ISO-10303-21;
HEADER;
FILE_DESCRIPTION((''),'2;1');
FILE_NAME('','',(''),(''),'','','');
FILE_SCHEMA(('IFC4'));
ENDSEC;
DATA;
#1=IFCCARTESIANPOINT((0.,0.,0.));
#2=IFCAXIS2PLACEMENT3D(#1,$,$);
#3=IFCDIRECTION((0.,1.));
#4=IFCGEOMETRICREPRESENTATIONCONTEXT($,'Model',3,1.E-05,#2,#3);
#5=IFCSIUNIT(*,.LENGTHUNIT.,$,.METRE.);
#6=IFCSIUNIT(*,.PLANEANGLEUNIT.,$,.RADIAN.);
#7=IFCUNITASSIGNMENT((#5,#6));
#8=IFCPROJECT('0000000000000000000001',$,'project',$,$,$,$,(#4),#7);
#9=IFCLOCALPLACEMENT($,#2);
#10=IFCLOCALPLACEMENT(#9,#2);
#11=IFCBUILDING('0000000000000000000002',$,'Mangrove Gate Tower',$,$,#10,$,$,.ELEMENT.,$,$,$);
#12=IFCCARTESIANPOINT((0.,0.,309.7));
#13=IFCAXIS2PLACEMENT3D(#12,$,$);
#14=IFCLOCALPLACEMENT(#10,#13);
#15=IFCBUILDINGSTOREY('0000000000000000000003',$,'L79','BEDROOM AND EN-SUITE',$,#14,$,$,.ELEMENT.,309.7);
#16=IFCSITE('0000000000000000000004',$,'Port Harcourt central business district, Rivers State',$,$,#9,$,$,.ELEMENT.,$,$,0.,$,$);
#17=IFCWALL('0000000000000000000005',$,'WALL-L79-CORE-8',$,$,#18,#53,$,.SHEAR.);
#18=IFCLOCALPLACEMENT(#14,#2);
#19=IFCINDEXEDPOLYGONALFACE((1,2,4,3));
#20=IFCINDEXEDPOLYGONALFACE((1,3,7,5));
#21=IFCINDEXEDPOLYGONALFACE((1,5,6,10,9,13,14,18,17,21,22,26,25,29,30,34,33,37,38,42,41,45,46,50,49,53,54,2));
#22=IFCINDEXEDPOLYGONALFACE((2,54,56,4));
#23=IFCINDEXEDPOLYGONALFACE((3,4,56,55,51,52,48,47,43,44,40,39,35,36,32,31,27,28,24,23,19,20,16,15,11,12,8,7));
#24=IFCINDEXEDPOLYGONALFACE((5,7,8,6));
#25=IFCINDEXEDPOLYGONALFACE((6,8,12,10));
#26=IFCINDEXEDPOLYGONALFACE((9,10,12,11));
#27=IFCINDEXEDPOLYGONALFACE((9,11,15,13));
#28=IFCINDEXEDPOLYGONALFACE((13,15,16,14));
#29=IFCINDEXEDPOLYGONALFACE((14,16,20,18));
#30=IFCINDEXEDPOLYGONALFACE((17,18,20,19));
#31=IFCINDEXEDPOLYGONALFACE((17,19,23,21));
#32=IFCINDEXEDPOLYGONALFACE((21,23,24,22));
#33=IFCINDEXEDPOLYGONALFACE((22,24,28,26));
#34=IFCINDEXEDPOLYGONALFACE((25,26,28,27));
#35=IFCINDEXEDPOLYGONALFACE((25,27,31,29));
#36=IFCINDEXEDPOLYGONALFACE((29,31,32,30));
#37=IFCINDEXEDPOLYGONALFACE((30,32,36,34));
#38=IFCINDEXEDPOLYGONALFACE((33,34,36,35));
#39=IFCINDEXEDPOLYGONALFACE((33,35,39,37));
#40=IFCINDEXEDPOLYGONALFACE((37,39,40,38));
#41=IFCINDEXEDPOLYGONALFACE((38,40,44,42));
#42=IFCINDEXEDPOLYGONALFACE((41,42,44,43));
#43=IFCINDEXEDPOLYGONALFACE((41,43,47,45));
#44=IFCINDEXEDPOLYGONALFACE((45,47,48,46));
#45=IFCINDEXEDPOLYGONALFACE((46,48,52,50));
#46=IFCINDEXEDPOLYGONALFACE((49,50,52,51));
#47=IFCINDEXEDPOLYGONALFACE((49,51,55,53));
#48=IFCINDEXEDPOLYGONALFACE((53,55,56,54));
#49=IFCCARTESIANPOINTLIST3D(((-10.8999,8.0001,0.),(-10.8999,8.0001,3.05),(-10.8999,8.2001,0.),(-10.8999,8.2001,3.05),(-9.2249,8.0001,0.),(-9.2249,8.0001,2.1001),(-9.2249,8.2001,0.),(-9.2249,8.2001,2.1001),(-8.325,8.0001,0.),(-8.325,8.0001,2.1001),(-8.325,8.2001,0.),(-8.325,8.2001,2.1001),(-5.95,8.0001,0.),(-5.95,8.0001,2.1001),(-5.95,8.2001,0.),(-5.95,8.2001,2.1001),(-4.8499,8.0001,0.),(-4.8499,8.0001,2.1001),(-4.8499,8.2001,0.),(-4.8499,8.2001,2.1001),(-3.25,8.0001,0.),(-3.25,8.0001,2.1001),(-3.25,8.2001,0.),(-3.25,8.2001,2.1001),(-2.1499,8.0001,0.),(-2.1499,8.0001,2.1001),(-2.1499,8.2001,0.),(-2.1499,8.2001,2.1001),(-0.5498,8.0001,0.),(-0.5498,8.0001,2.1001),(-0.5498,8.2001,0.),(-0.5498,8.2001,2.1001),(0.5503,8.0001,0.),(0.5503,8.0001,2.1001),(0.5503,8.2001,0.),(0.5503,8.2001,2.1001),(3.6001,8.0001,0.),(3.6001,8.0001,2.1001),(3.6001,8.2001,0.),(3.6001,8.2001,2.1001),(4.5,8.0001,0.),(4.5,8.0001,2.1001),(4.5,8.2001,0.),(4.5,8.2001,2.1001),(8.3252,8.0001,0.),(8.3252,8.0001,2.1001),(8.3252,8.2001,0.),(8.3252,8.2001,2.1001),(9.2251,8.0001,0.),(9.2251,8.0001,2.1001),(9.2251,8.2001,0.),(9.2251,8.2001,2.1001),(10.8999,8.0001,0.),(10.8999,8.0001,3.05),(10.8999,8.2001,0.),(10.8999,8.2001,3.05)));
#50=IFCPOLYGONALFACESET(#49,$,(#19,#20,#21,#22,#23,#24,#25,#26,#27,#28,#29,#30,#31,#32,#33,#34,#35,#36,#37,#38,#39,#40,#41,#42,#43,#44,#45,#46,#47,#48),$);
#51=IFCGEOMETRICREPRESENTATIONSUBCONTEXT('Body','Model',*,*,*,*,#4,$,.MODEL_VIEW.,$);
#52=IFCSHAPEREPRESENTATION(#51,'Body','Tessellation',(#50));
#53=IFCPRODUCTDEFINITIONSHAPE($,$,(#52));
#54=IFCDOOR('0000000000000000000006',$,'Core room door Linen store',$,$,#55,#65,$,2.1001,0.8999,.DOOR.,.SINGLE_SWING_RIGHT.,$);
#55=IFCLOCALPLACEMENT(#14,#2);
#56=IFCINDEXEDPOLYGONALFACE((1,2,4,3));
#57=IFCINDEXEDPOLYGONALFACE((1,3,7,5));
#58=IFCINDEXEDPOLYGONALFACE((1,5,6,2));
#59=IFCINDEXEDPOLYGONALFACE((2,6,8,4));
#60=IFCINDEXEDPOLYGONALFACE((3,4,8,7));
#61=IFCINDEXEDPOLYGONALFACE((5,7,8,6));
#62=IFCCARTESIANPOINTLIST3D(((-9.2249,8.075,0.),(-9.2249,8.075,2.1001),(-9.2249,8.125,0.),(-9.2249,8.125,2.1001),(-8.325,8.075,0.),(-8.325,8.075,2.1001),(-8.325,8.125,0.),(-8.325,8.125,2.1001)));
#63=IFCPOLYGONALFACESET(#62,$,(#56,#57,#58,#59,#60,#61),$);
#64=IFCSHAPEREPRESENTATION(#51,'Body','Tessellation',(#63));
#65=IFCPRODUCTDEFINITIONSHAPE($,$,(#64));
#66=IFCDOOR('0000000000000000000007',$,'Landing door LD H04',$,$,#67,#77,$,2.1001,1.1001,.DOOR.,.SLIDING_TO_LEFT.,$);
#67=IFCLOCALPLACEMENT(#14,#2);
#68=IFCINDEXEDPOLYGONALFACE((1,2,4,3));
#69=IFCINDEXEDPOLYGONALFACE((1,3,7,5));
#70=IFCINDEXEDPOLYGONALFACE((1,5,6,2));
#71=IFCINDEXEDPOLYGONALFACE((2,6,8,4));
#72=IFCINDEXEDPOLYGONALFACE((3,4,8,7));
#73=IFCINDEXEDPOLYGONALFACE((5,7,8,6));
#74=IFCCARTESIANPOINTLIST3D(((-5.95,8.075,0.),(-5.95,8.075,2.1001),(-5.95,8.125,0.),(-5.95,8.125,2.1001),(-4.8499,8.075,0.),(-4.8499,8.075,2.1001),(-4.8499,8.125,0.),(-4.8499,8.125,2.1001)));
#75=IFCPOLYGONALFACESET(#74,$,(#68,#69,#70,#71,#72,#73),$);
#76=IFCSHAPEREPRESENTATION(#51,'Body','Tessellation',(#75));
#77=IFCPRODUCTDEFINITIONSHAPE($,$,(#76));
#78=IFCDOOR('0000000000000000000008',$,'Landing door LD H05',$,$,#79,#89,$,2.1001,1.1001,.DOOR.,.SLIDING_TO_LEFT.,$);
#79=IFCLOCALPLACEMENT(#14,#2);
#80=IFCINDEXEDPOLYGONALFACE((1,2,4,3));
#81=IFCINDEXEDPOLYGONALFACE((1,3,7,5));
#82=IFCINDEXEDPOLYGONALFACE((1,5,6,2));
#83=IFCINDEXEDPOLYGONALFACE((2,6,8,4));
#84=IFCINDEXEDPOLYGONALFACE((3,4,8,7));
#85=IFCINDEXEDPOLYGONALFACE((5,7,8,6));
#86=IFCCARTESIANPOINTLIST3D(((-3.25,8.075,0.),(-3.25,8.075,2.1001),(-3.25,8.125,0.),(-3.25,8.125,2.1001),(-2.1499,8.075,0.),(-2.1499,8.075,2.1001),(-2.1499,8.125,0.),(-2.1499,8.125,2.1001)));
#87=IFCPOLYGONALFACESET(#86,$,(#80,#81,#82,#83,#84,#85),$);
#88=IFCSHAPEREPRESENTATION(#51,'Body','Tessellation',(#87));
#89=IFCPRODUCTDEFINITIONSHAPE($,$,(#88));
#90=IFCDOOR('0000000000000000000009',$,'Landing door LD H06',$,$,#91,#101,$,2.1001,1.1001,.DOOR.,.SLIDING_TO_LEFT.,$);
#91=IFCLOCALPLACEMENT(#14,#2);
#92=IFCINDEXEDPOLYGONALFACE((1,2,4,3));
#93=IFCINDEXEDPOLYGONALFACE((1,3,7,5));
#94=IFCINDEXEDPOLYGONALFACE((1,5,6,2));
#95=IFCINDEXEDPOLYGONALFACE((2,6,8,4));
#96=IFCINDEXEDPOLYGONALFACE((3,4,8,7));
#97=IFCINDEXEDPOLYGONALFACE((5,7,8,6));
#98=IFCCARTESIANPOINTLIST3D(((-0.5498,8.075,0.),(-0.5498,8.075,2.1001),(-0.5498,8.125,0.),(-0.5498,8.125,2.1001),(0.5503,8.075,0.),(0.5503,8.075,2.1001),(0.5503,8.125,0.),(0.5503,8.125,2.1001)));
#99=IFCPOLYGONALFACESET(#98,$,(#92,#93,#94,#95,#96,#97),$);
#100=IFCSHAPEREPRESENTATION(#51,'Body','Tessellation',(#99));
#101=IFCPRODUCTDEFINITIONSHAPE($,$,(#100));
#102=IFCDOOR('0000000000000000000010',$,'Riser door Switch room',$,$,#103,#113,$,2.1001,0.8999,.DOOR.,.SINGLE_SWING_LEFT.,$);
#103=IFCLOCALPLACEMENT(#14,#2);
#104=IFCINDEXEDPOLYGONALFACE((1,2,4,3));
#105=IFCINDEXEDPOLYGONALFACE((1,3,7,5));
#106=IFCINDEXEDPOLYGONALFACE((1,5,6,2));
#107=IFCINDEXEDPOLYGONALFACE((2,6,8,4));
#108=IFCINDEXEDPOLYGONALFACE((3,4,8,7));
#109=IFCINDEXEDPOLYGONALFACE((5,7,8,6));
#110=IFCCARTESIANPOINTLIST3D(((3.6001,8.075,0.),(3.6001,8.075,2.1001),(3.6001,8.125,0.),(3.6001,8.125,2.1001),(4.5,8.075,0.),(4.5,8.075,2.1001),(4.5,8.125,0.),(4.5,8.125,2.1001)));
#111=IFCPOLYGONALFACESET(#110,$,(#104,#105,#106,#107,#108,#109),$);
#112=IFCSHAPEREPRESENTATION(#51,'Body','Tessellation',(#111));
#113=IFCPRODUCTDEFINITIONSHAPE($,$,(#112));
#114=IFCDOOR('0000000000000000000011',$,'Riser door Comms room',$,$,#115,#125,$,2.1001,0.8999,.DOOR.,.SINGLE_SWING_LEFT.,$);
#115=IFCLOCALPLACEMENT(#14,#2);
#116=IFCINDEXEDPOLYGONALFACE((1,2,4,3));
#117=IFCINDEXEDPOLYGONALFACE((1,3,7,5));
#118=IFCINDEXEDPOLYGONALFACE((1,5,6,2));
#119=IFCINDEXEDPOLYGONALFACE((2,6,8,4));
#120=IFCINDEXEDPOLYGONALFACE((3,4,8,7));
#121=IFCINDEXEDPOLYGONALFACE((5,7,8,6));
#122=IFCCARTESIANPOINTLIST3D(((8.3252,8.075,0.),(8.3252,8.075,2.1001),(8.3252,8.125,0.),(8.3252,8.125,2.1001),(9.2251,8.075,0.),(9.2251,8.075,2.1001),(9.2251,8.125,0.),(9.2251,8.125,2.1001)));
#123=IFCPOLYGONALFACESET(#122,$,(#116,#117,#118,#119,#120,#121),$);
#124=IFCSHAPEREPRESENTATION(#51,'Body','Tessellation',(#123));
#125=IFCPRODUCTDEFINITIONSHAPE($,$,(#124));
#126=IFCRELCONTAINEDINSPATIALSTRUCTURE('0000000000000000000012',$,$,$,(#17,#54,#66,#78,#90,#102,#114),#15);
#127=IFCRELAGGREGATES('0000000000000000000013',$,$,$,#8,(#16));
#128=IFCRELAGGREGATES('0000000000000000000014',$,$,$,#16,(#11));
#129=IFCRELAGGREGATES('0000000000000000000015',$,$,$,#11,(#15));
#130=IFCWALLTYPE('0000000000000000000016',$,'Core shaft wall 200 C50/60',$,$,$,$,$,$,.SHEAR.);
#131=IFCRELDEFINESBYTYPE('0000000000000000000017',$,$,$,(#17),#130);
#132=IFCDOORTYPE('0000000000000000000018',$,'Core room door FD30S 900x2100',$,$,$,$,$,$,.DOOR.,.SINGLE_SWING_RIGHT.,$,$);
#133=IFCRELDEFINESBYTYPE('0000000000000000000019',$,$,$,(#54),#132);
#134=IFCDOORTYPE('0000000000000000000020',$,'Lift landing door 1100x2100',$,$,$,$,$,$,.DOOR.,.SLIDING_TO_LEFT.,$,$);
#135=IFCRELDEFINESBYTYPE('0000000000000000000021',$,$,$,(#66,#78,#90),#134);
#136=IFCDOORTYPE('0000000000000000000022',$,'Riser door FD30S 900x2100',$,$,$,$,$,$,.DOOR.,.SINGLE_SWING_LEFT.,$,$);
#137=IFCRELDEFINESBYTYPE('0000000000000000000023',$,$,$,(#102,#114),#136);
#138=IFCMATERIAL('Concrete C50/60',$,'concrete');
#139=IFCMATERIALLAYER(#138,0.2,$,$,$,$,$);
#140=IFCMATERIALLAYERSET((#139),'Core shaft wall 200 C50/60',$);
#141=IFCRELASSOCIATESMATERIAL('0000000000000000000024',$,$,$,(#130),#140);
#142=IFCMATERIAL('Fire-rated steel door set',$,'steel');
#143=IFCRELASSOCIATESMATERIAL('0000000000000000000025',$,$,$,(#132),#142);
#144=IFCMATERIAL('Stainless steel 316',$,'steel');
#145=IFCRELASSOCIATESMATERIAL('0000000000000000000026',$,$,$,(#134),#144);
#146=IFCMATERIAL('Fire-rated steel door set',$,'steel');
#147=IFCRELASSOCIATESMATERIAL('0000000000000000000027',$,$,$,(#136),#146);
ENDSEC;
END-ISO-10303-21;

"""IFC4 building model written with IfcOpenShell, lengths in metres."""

from ifc_helpers import new_model, si_unit, direction, frame, frame_2d, origin, place, context, subcontext, project, spatial, rectangle, extrude, material, layer, layer_set, type_object, element, fill, save


model = new_model("IFC4")

# Units and contexts
model_context = context("Model", 3, precision=1e-05, world=origin(), true_north=direction((0.0, 1.0)))
body_context = subcontext(model_context, "Body", "Model", "MODEL_VIEW")
ifc_project = project(units=[si_unit("LENGTHUNIT", "METRE"), si_unit("PLANEANGLEUNIT", "RADIAN")], contexts=[model_context])

# Site, building, storey
site_placement = place(None, origin())
site = spatial("IfcSite", under=ifc_project, at=site_placement, Name="Port Harcourt central business district, Rivers State", CompositionType="ELEMENT", RefElevation=0.0)
building_placement = place(site_placement, origin())
building = spatial("IfcBuilding", under=site, at=building_placement, Name="Mangrove Gate Tower", CompositionType="ELEMENT")
storey_placement = place(building_placement, frame((0.0, 0.0, 309.7)))
storey = spatial("IfcBuildingStorey", under=building, at=storey_placement, Name="L79", Description="BEDROOM AND EN-SUITE", CompositionType="ELEMENT", Elevation=309.7)

# Shared definitions
ifc_material_1 = material(Name="Concrete C50/60", Category="concrete")
ifc_layer_1 = layer(ifc_material_1, 0.2)
ifc_layer_set_1 = layer_set([ifc_layer_1], Name="Core shaft wall 200 C50/60")
wall_type_1 = type_object("IfcWallType", Name="Core shaft wall 200 C50/60", PredefinedType="SHEAR", material=ifc_layer_set_1)

# Wall, openings, doors
ifc_material_2 = material(Name="Fire-rated steel door set", Category="steel")
door_type_1 = type_object("IfcDoorType", Name="Core room door FD30S 900x2100", OperationType="SINGLE_SWING_RIGHT", PredefinedType="DOOR", material=ifc_material_2)
ifc_material_3 = material(Name="Stainless steel 316", Category="steel")
door_type_2 = type_object("IfcDoorType", Name="Lift landing door 1100x2100", OperationType="SLIDING_TO_LEFT", PredefinedType="DOOR", material=ifc_material_3)
ifc_material_4 = material(Name="Fire-rated steel door set", Category="steel")
door_type_3 = type_object("IfcDoorType", Name="Riser door FD30S 900x2100", OperationType="SINGLE_SWING_LEFT", PredefinedType="DOOR", material=ifc_material_4)
wall_1_placement = place(storey_placement, frame((-10.8999, 8.1001, 0.0), z_axis=(0.0, 0.0, 1.0), x_axis=(1.0, 0.0, 0.0)))
wall_1 = element("IfcWall", 1, at=wall_1_placement, inside=storey, type_object=wall_type_1, Name="WALL-L79-CORE-8", PredefinedType="SHEAR", context=body_context, shape_type="SweptSolid", body=[
    extrude(rectangle(XDim=21.7998, YDim=0.2, at=frame_2d((10.8999, 0.0))), origin(), (0.0, 0.0, 1.0), 3.05),
])
opening_1_placement = place(wall_1_placement, frame((4.95, 0.0, 0.0)))
opening_1 = element("IfcOpeningElement", 2, at=opening_1_placement, cuts=wall_1, PredefinedType="OPENING", context=body_context, shape_type="SweptSolid", body=[
    extrude(rectangle(XDim=1.1001, YDim=2.1001, at=frame_2d((0.55, 1.05))), frame((0.0, 0.1099, 0.0), z_axis=(0.0, -1.0, 0.0), x_axis=(1.0, 0.0, 0.0)), (0.0, 0.0, 1.0), 0.22),
])
opening_2_placement = place(wall_1_placement, frame((7.6499, 0.0, 0.0)))
opening_2 = element("IfcOpeningElement", 3, at=opening_2_placement, cuts=wall_1, PredefinedType="OPENING", context=body_context, shape_type="SweptSolid", body=[
    extrude(rectangle(XDim=1.1001, YDim=2.1001, at=frame_2d((0.55, 1.05))), frame((0.0, 0.1099, 0.0), z_axis=(0.0, -1.0, 0.0), x_axis=(1.0, 0.0, 0.0)), (0.0, 0.0, 1.0), 0.22),
])
opening_3_placement = place(wall_1_placement, frame((10.3501, 0.0, 0.0)))
opening_3 = element("IfcOpeningElement", 4, at=opening_3_placement, cuts=wall_1, PredefinedType="OPENING", context=body_context, shape_type="SweptSolid", body=[
    extrude(rectangle(XDim=1.1001, YDim=2.1001, at=frame_2d((0.55, 1.05))), frame((0.0, 0.1099, 0.0), z_axis=(0.0, -1.0, 0.0), x_axis=(1.0, 0.0, 0.0)), (0.0, 0.0, 1.0), 0.22),
])
opening_4_placement = place(wall_1_placement, frame((1.675, 0.0, 0.0)))
opening_4 = element("IfcOpeningElement", 5, at=opening_4_placement, cuts=wall_1, PredefinedType="OPENING", context=body_context, shape_type="SweptSolid", body=[
    extrude(rectangle(XDim=0.8999, YDim=2.1001, at=frame_2d((0.45, 1.05))), frame((0.0, 0.1099, 0.0), z_axis=(0.0, -1.0, 0.0), x_axis=(1.0, 0.0, 0.0)), (0.0, 0.0, 1.0), 0.22),
])
opening_5_placement = place(wall_1_placement, frame((14.5, 0.0, 0.0)))
opening_5 = element("IfcOpeningElement", 6, at=opening_5_placement, cuts=wall_1, PredefinedType="OPENING", context=body_context, shape_type="SweptSolid", body=[
    extrude(rectangle(XDim=0.8999, YDim=2.1001, at=frame_2d((0.45, 1.05))), frame((0.0, 0.1099, 0.0), z_axis=(0.0, -1.0, 0.0), x_axis=(1.0, 0.0, 0.0)), (0.0, 0.0, 1.0), 0.22),
])
opening_6_placement = place(wall_1_placement, frame((19.2251, 0.0, 0.0)))
opening_6 = element("IfcOpeningElement", 7, at=opening_6_placement, cuts=wall_1, PredefinedType="OPENING", context=body_context, shape_type="SweptSolid", body=[
    extrude(rectangle(XDim=0.8999, YDim=2.1001, at=frame_2d((0.45, 1.05))), frame((0.0, 0.1099, 0.0), z_axis=(0.0, -1.0, 0.0), x_axis=(1.0, 0.0, 0.0)), (0.0, 0.0, 1.0), 0.22),
])
door_1_placement = place(opening_4_placement, origin())
door_1 = element("IfcDoor", 8, at=door_1_placement, inside=storey, type_object=door_type_1, Name="Core room door Linen store", OperationType="SINGLE_SWING_RIGHT", OverallHeight=2.1001, OverallWidth=0.8999, PredefinedType="DOOR", context=body_context, shape_type="SweptSolid", body=[
    extrude(rectangle(XDim=0.8999, YDim=2.1001, at=frame_2d((0.45, 1.05))), frame((0.0, 0.0249, 0.0), z_axis=(0.0, -1.0, 0.0), x_axis=(1.0, 0.0, 0.0)), (0.0, 0.0, 1.0), 0.05),
])
fill(opening_4, door_1)
door_2_placement = place(opening_1_placement, origin())
door_2 = element("IfcDoor", 9, at=door_2_placement, inside=storey, type_object=door_type_2, Name="Landing door LD H04", OperationType="SLIDING_TO_LEFT", OverallHeight=2.1001, OverallWidth=1.1001, PredefinedType="DOOR", context=body_context, shape_type="SweptSolid", body=[
    extrude(rectangle(XDim=1.1001, YDim=2.1001, at=frame_2d((0.55, 1.05))), frame((0.0, 0.0249, 0.0), z_axis=(0.0, -1.0, 0.0), x_axis=(1.0, 0.0, 0.0)), (0.0, 0.0, 1.0), 0.05),
])
fill(opening_1, door_2)
door_3_placement = place(opening_2_placement, origin())
door_3 = element("IfcDoor", 10, at=door_3_placement, inside=storey, type_object=door_type_2, Name="Landing door LD H05", OperationType="SLIDING_TO_LEFT", OverallHeight=2.1001, OverallWidth=1.1001, PredefinedType="DOOR", context=body_context, shape_type="SweptSolid", body=[
    extrude(rectangle(XDim=1.1001, YDim=2.1001, at=frame_2d((0.55, 1.05))), frame((0.0, 0.0249, 0.0), z_axis=(0.0, -1.0, 0.0), x_axis=(1.0, 0.0, 0.0)), (0.0, 0.0, 1.0), 0.05),
])
fill(opening_2, door_3)
door_4_placement = place(opening_3_placement, origin())
door_4 = element("IfcDoor", 11, at=door_4_placement, inside=storey, type_object=door_type_2, Name="Landing door LD H06", OperationType="SLIDING_TO_LEFT", OverallHeight=2.1001, OverallWidth=1.1001, PredefinedType="DOOR", context=body_context, shape_type="SweptSolid", body=[
    extrude(rectangle(XDim=1.1001, YDim=2.1001, at=frame_2d((0.55, 1.05))), frame((0.0, 0.0249, 0.0), z_axis=(0.0, -1.0, 0.0), x_axis=(1.0, 0.0, 0.0)), (0.0, 0.0, 1.0), 0.05),
])
fill(opening_3, door_4)
door_5_placement = place(opening_5_placement, origin())
door_5 = element("IfcDoor", 12, at=door_5_placement, inside=storey, type_object=door_type_3, Name="Riser door Switch room", OperationType="SINGLE_SWING_LEFT", OverallHeight=2.1001, OverallWidth=0.8999, PredefinedType="DOOR", context=body_context, shape_type="SweptSolid", body=[
    extrude(rectangle(XDim=0.8999, YDim=2.1001, at=frame_2d((0.45, 1.05))), frame((0.0, 0.0249, 0.0), z_axis=(0.0, -1.0, 0.0), x_axis=(1.0, 0.0, 0.0)), (0.0, 0.0, 1.0), 0.05),
])
fill(opening_5, door_5)
door_6_placement = place(opening_6_placement, origin())
door_6 = element("IfcDoor", 13, at=door_6_placement, inside=storey, type_object=door_type_3, Name="Riser door Comms room", OperationType="SINGLE_SWING_LEFT", OverallHeight=2.1001, OverallWidth=0.8999, PredefinedType="DOOR", context=body_context, shape_type="SweptSolid", body=[
    extrude(rectangle(XDim=0.8999, YDim=2.1001, at=frame_2d((0.45, 1.05))), frame((0.0, 0.0249, 0.0), z_axis=(0.0, -1.0, 0.0), x_axis=(1.0, 0.0, 0.0)), (0.0, 0.0, 1.0), 0.05),
])
fill(opening_6, door_6)

save(model, "model.ifc")
